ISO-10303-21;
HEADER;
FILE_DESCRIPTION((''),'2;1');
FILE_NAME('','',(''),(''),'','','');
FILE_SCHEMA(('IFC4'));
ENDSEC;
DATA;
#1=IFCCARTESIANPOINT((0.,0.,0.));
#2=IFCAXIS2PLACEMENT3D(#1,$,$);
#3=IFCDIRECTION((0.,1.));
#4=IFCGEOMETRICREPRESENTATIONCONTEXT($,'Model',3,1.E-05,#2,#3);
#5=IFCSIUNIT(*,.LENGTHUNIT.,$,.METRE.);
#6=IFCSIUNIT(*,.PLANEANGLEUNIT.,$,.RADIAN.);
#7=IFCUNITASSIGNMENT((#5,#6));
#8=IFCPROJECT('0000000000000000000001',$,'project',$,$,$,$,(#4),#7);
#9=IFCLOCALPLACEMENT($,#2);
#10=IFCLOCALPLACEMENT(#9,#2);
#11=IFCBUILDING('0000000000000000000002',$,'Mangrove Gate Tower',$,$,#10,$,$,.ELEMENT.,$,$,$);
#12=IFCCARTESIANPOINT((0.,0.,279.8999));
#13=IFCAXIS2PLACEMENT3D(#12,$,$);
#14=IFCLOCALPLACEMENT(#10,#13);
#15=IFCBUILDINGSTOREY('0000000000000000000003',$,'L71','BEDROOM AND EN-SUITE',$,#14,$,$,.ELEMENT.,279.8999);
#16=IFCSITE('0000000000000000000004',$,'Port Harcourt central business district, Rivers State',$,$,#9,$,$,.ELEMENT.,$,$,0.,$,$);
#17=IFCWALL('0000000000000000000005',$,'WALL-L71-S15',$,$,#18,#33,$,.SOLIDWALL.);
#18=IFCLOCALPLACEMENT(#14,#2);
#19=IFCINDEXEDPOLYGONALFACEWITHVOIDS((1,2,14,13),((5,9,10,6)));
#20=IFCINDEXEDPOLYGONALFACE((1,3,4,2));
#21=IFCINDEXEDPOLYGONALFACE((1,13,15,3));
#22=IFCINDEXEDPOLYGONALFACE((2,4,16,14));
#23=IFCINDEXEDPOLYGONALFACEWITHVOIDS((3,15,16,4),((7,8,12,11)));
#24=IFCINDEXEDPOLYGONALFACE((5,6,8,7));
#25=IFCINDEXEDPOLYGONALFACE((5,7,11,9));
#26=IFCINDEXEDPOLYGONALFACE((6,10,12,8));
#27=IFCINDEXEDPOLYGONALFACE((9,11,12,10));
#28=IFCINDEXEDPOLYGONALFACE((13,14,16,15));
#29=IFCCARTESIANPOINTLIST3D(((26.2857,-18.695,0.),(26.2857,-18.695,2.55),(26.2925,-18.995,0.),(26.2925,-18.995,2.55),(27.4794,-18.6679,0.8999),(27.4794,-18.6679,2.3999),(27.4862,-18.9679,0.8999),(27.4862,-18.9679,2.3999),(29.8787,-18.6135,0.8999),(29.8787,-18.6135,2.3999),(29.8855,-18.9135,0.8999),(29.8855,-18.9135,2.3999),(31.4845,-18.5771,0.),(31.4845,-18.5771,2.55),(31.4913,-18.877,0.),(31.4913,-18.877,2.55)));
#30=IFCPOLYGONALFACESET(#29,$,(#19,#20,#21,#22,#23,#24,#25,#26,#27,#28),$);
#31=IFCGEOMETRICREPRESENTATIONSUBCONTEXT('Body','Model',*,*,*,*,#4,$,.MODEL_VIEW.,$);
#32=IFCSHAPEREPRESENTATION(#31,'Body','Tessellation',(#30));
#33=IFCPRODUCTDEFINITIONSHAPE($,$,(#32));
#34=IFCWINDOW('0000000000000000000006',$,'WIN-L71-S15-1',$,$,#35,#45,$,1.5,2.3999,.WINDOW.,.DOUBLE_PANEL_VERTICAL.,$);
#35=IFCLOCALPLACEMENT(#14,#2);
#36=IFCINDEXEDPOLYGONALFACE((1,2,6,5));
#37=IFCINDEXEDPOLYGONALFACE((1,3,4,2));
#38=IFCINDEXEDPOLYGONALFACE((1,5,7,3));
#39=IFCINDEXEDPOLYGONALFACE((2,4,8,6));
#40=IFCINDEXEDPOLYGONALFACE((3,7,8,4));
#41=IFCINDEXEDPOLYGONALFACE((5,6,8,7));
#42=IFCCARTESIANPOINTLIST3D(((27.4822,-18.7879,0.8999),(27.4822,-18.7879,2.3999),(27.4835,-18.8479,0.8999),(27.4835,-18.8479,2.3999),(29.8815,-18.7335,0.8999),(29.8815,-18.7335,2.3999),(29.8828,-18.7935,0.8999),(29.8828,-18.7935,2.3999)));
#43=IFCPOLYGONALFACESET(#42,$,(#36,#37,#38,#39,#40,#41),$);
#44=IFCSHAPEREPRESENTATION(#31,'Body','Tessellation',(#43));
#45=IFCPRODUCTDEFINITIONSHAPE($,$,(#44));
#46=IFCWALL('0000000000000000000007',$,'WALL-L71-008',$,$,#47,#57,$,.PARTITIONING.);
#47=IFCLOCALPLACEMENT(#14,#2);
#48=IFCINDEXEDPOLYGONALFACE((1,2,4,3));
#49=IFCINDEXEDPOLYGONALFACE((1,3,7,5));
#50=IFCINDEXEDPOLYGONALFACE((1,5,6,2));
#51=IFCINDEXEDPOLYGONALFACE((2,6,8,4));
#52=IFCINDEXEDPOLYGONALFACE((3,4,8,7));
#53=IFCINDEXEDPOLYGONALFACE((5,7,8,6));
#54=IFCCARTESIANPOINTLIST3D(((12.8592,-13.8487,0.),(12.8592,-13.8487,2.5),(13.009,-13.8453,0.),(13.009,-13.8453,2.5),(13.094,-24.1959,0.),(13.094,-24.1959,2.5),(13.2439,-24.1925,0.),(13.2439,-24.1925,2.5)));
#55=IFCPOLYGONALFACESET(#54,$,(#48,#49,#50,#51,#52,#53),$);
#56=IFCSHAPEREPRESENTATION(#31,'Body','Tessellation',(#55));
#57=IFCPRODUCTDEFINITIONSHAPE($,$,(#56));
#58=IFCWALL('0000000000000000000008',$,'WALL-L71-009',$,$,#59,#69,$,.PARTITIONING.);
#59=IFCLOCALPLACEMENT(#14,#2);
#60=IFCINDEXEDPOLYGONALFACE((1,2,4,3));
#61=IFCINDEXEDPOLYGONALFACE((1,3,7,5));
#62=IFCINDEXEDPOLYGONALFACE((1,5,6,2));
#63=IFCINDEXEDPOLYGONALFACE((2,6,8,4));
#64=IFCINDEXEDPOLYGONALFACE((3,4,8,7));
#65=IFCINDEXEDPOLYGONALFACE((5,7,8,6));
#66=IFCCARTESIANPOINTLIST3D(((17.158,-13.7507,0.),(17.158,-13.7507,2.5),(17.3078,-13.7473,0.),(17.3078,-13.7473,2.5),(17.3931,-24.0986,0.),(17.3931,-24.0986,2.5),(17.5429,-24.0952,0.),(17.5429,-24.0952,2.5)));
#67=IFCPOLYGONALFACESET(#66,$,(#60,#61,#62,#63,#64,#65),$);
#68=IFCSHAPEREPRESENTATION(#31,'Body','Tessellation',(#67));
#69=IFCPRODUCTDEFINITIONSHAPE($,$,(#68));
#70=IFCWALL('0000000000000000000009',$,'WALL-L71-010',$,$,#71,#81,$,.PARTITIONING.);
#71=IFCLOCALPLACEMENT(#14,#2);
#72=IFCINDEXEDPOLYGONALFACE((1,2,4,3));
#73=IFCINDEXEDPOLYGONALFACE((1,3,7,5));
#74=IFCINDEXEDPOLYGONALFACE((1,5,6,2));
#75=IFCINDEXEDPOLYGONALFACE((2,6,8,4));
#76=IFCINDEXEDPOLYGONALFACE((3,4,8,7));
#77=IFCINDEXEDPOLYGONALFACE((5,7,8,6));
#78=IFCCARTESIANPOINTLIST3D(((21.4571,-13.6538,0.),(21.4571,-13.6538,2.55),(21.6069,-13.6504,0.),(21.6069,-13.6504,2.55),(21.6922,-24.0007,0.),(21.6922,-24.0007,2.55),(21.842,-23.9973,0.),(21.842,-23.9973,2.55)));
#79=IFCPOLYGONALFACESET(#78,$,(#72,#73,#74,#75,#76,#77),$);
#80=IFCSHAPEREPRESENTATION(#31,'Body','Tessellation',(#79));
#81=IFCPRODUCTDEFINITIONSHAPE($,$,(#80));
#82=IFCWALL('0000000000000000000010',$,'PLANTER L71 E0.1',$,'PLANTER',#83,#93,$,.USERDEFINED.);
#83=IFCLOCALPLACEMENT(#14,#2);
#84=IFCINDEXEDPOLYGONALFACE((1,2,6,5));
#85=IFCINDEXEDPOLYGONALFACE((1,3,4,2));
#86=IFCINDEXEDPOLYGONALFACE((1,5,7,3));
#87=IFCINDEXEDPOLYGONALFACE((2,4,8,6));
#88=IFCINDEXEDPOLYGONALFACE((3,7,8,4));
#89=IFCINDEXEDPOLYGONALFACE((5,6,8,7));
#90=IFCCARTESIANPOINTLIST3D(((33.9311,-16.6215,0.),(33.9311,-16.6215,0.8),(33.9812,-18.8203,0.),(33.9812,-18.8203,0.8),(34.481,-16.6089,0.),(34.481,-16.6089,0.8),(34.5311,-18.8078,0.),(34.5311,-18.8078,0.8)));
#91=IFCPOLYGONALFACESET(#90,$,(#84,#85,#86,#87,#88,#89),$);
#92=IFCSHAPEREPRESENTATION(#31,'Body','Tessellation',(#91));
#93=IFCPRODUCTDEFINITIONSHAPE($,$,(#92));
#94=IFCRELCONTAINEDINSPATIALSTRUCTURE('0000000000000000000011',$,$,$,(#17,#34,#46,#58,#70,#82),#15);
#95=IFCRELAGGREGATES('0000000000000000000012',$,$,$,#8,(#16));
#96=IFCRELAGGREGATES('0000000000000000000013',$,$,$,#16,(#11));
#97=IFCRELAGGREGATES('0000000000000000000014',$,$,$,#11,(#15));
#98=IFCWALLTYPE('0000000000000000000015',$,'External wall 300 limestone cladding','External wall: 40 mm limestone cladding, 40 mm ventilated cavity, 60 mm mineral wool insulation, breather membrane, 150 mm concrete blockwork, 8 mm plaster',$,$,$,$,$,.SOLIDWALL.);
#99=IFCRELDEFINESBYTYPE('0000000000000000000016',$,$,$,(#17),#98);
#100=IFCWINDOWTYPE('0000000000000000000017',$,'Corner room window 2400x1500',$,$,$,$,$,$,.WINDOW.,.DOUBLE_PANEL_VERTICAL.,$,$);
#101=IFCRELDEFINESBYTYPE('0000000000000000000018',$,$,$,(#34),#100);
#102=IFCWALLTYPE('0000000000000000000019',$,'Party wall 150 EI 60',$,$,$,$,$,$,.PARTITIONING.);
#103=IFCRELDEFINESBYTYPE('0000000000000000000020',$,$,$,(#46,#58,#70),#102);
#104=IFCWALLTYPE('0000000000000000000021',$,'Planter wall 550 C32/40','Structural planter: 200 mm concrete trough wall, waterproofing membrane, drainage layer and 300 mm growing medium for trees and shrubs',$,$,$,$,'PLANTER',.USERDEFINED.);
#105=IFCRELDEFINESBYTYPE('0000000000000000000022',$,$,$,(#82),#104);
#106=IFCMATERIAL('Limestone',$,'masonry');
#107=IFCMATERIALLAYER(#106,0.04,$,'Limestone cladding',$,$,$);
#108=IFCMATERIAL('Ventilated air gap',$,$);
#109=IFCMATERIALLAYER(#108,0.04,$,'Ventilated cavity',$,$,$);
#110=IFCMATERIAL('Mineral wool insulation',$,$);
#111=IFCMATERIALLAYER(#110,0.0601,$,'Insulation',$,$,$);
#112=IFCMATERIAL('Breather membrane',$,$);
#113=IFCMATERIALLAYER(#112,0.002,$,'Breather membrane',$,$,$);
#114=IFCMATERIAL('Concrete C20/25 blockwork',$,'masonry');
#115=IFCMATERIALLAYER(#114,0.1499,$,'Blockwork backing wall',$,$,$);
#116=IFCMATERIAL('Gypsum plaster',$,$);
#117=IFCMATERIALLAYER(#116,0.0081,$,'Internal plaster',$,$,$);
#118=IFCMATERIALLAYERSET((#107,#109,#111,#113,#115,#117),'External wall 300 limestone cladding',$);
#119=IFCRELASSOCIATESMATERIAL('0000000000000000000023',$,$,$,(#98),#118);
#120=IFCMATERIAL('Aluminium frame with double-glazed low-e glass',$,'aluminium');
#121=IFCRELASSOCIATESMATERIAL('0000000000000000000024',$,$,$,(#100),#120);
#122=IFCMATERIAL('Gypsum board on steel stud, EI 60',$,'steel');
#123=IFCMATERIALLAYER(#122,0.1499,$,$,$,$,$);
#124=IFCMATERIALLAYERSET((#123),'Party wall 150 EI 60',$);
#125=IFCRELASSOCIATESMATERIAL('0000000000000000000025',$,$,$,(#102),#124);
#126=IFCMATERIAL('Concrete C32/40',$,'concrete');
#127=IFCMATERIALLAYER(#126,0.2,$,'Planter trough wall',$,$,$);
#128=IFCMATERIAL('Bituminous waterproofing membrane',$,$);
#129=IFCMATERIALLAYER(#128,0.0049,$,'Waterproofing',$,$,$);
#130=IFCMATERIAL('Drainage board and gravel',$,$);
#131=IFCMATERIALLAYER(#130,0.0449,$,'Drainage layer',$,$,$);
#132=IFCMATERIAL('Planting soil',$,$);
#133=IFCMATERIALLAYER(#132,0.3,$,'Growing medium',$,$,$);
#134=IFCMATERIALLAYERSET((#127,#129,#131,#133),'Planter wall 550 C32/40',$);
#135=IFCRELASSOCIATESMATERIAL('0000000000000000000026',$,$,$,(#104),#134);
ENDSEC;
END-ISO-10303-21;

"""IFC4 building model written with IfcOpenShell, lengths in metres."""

from ifc_helpers import new_model, si_unit, direction, frame, frame_2d, origin, place, context, subcontext, project, spatial, rectangle, extrude, material, layer, layer_set, type_object, element, fill, save


model = new_model("IFC4")

# Units and contexts
model_context = context("Model", 3, precision=1e-05, world=origin(), true_north=direction((0.0, 1.0)))
body_context = subcontext(model_context, "Body", "Model", "MODEL_VIEW")
ifc_project = project(units=[si_unit("LENGTHUNIT", "METRE"), si_unit("PLANEANGLEUNIT", "RADIAN")], contexts=[model_context])

# Site, building, storey
site_placement = place(None, origin())
site = spatial("IfcSite", under=ifc_project, at=site_placement, Name="Port Harcourt central business district, Rivers State", CompositionType="ELEMENT", RefElevation=0.0)
building_placement = place(site_placement, origin())
building = spatial("IfcBuilding", under=site, at=building_placement, Name="Mangrove Gate Tower", CompositionType="ELEMENT")
storey_placement = place(building_placement, frame((0.0, 0.0, 279.8999)))
storey = spatial("IfcBuildingStorey", under=building, at=storey_placement, Name="L71", Description="BEDROOM AND EN-SUITE", CompositionType="ELEMENT", Elevation=279.8999)

# Shared definitions
ifc_material_1 = material(Name="Limestone", Category="masonry")
ifc_layer_1 = layer(ifc_material_1, 0.04, Name="Limestone cladding")
ifc_material_2 = material(Name="Ventilated air gap")
ifc_layer_2 = layer(ifc_material_2, 0.04, Name="Ventilated cavity")
ifc_material_3 = material(Name="Mineral wool insulation")
ifc_layer_3 = layer(ifc_material_3, 0.0601, Name="Insulation")
ifc_material_4 = material(Name="Breather membrane")
ifc_layer_4 = layer(ifc_material_4, 0.002, Name="Breather membrane")
ifc_material_5 = material(Name="Concrete C20/25 blockwork", Category="masonry")
ifc_layer_5 = layer(ifc_material_5, 0.1499, Name="Blockwork backing wall")
ifc_material_6 = material(Name="Gypsum plaster")
ifc_layer_6 = layer(ifc_material_6, 0.0081, Name="Internal plaster")
ifc_layer_set_1 = layer_set([ifc_layer_1, ifc_layer_2, ifc_layer_3, ifc_layer_4, ifc_layer_5, ifc_layer_6], Name="External wall 300 limestone cladding")
wall_type_1 = type_object("IfcWallType", Name="External wall 300 limestone cladding", Description="External wall: 40 mm limestone cladding, 40 mm ventilated cavity, 60 mm mineral wool insulation, breather membrane, 150 mm concrete blockwork, 8 mm plaster", PredefinedType="SOLIDWALL", material=ifc_layer_set_1)
ifc_material_7 = material(Name="Aluminium frame with double-glazed low-e glass", Category="aluminium")
window_type = type_object("IfcWindowType", Name="Corner room window 2400x1500", PartitioningType="DOUBLE_PANEL_VERTICAL", PredefinedType="WINDOW", material=ifc_material_7)

# Wall, opening, window
wall_1_placement = place(storey_placement, frame((26.2891, -18.845, 0.0), z_axis=(0.0, 0.0, 1.0), x_axis=(0.999743, 0.022676, 0.0)))
wall_1 = element("IfcWall", 1, at=wall_1_placement, inside=storey, type_object=wall_type_1, Name="WALL-L71-S15", PredefinedType="SOLIDWALL", context=body_context, shape_type="SweptSolid", body=[
    extrude(rectangle(XDim=5.2002, YDim=0.3, at=frame_2d((2.6001, 0.0))), origin(), (0.0, 0.0, 1.0), 2.55),
])
opening_1_placement = place(wall_1_placement, frame((1.1941, 0.0, 0.8999)))
opening_1 = element("IfcOpeningElement", 2, at=opening_1_placement, cuts=wall_1, PredefinedType="OPENING", context=body_context, shape_type="SweptSolid", body=[
    extrude(rectangle(XDim=2.3999, YDim=1.5, at=frame_2d((1.2, 0.75))), frame((0.0, 0.1599, 0.0), z_axis=(0.0, -1.0, 0.0), x_axis=(1.0, 0.0, 0.0)), (0.0, 0.0, 1.0), 0.3201),
])
window_1_placement = place(opening_1_placement, origin())
window_1 = element("IfcWindow", 3, at=window_1_placement, inside=storey, type_object=window_type, Name="WIN-L71-S15-1", OverallHeight=1.5, OverallWidth=2.3999, PartitioningType="DOUBLE_PANEL_VERTICAL", PredefinedType="WINDOW", context=body_context, shape_type="SweptSolid", body=[
    extrude(rectangle(XDim=2.3999, YDim=1.5, at=frame_2d((1.2, 0.75))), frame((0.0, 0.03, 0.0), z_axis=(0.0, -1.0, 0.0), x_axis=(1.0, 0.0, 0.0)), (0.0, 0.0, 1.0), 0.0601),
])
fill(opening_1, window_1)

# Walls
ifc_material_8 = material(Name="Gypsum board on steel stud, EI 60", Category="steel")
ifc_layer_7 = layer(ifc_material_8, 0.1499)
ifc_layer_set_2 = layer_set([ifc_layer_7], Name="Party wall 150 EI 60")
wall_type_2 = type_object("IfcWallType", Name="Party wall 150 EI 60", PredefinedType="PARTITIONING", material=ifc_layer_set_2)
wall_2_placement = place(storey_placement, frame((13.1689, -24.1941, 0.0), z_axis=(0.0, 0.0, 1.0), x_axis=(-0.022692, 0.999742, 0.0)))
element("IfcWall", 4, at=wall_2_placement, inside=storey, type_object=wall_type_2, Name="WALL-L71-008", PredefinedType="PARTITIONING", context=body_context, shape_type="SweptSolid", body=[
    extrude(rectangle(XDim=10.3499, YDim=0.1499, at=frame_2d((5.1748, 0.0))), origin(), (0.0, 0.0, 1.0), 2.5),
])
wall_3_placement = place(storey_placement, frame((17.468, -24.0969, 0.0), z_axis=(0.0, 0.0, 1.0), x_axis=(-0.022714, 0.999742, 0.0)))
element("IfcWall", 5, at=wall_3_placement, inside=storey, type_object=wall_type_2, Name="WALL-L71-009", PredefinedType="PARTITIONING", context=body_context, shape_type="SweptSolid", body=[
    extrude(rectangle(XDim=10.3506, YDim=0.1499, at=frame_2d((5.1753, 0.0))), origin(), (0.0, 0.0, 1.0), 2.5),
])
wall_4_placement = place(storey_placement, frame((21.7671, -23.999, 0.0), z_axis=(0.0, 0.0, 1.0), x_axis=(-0.022717, 0.999742, 0.0)))
element("IfcWall", 6, at=wall_4_placement, inside=storey, type_object=wall_type_2, Name="WALL-L71-010", PredefinedType="PARTITIONING", context=body_context, shape_type="SweptSolid", body=[
    extrude(rectangle(XDim=10.3496, YDim=0.1499, at=frame_2d((5.1748, 0.0))), origin(), (0.0, 0.0, 1.0), 2.55),
])
ifc_material_9 = material(Name="Concrete C32/40", Category="concrete")
ifc_layer_8 = layer(ifc_material_9, 0.2, Name="Planter trough wall")
ifc_material_10 = material(Name="Bituminous waterproofing membrane")
ifc_layer_9 = layer(ifc_material_10, 0.0049, Name="Waterproofing")
ifc_material_11 = material(Name="Drainage board and gravel")
ifc_layer_10 = layer(ifc_material_11, 0.0449, Name="Drainage layer")
ifc_material_12 = material(Name="Planting soil")
ifc_layer_11 = layer(ifc_material_12, 0.3, Name="Growing medium")
ifc_layer_set_3 = layer_set([ifc_layer_8, ifc_layer_9, ifc_layer_10, ifc_layer_11], Name="Planter wall 550 C32/40")
wall_type_3 = type_object("IfcWallType", Name="Planter wall 550 C32/40", Description="Structural planter: 200 mm concrete trough wall, waterproofing membrane, drainage layer and 300 mm growing medium for trees and shrubs", ElementType="PLANTER", PredefinedType="USERDEFINED", material=ifc_layer_set_3)
wall_5_placement = place(storey_placement, frame((34.2561, -18.814, 0.0), z_axis=(0.0, 0.0, 1.0), x_axis=(-0.022754, 0.999741, 0.0)))
element("IfcWall", 7, at=wall_5_placement, inside=storey, type_object=wall_type_3, Name="PLANTER L71 E0.1", ObjectType="PLANTER", PredefinedType="USERDEFINED", context=body_context, shape_type="SweptSolid", body=[
    extrude(rectangle(XDim=2.1995, YDim=0.55, at=frame_2d((1.0996, 0.0))), origin(), (0.0, 0.0, 1.0), 0.8),
])

save(model, "model.ifc")
